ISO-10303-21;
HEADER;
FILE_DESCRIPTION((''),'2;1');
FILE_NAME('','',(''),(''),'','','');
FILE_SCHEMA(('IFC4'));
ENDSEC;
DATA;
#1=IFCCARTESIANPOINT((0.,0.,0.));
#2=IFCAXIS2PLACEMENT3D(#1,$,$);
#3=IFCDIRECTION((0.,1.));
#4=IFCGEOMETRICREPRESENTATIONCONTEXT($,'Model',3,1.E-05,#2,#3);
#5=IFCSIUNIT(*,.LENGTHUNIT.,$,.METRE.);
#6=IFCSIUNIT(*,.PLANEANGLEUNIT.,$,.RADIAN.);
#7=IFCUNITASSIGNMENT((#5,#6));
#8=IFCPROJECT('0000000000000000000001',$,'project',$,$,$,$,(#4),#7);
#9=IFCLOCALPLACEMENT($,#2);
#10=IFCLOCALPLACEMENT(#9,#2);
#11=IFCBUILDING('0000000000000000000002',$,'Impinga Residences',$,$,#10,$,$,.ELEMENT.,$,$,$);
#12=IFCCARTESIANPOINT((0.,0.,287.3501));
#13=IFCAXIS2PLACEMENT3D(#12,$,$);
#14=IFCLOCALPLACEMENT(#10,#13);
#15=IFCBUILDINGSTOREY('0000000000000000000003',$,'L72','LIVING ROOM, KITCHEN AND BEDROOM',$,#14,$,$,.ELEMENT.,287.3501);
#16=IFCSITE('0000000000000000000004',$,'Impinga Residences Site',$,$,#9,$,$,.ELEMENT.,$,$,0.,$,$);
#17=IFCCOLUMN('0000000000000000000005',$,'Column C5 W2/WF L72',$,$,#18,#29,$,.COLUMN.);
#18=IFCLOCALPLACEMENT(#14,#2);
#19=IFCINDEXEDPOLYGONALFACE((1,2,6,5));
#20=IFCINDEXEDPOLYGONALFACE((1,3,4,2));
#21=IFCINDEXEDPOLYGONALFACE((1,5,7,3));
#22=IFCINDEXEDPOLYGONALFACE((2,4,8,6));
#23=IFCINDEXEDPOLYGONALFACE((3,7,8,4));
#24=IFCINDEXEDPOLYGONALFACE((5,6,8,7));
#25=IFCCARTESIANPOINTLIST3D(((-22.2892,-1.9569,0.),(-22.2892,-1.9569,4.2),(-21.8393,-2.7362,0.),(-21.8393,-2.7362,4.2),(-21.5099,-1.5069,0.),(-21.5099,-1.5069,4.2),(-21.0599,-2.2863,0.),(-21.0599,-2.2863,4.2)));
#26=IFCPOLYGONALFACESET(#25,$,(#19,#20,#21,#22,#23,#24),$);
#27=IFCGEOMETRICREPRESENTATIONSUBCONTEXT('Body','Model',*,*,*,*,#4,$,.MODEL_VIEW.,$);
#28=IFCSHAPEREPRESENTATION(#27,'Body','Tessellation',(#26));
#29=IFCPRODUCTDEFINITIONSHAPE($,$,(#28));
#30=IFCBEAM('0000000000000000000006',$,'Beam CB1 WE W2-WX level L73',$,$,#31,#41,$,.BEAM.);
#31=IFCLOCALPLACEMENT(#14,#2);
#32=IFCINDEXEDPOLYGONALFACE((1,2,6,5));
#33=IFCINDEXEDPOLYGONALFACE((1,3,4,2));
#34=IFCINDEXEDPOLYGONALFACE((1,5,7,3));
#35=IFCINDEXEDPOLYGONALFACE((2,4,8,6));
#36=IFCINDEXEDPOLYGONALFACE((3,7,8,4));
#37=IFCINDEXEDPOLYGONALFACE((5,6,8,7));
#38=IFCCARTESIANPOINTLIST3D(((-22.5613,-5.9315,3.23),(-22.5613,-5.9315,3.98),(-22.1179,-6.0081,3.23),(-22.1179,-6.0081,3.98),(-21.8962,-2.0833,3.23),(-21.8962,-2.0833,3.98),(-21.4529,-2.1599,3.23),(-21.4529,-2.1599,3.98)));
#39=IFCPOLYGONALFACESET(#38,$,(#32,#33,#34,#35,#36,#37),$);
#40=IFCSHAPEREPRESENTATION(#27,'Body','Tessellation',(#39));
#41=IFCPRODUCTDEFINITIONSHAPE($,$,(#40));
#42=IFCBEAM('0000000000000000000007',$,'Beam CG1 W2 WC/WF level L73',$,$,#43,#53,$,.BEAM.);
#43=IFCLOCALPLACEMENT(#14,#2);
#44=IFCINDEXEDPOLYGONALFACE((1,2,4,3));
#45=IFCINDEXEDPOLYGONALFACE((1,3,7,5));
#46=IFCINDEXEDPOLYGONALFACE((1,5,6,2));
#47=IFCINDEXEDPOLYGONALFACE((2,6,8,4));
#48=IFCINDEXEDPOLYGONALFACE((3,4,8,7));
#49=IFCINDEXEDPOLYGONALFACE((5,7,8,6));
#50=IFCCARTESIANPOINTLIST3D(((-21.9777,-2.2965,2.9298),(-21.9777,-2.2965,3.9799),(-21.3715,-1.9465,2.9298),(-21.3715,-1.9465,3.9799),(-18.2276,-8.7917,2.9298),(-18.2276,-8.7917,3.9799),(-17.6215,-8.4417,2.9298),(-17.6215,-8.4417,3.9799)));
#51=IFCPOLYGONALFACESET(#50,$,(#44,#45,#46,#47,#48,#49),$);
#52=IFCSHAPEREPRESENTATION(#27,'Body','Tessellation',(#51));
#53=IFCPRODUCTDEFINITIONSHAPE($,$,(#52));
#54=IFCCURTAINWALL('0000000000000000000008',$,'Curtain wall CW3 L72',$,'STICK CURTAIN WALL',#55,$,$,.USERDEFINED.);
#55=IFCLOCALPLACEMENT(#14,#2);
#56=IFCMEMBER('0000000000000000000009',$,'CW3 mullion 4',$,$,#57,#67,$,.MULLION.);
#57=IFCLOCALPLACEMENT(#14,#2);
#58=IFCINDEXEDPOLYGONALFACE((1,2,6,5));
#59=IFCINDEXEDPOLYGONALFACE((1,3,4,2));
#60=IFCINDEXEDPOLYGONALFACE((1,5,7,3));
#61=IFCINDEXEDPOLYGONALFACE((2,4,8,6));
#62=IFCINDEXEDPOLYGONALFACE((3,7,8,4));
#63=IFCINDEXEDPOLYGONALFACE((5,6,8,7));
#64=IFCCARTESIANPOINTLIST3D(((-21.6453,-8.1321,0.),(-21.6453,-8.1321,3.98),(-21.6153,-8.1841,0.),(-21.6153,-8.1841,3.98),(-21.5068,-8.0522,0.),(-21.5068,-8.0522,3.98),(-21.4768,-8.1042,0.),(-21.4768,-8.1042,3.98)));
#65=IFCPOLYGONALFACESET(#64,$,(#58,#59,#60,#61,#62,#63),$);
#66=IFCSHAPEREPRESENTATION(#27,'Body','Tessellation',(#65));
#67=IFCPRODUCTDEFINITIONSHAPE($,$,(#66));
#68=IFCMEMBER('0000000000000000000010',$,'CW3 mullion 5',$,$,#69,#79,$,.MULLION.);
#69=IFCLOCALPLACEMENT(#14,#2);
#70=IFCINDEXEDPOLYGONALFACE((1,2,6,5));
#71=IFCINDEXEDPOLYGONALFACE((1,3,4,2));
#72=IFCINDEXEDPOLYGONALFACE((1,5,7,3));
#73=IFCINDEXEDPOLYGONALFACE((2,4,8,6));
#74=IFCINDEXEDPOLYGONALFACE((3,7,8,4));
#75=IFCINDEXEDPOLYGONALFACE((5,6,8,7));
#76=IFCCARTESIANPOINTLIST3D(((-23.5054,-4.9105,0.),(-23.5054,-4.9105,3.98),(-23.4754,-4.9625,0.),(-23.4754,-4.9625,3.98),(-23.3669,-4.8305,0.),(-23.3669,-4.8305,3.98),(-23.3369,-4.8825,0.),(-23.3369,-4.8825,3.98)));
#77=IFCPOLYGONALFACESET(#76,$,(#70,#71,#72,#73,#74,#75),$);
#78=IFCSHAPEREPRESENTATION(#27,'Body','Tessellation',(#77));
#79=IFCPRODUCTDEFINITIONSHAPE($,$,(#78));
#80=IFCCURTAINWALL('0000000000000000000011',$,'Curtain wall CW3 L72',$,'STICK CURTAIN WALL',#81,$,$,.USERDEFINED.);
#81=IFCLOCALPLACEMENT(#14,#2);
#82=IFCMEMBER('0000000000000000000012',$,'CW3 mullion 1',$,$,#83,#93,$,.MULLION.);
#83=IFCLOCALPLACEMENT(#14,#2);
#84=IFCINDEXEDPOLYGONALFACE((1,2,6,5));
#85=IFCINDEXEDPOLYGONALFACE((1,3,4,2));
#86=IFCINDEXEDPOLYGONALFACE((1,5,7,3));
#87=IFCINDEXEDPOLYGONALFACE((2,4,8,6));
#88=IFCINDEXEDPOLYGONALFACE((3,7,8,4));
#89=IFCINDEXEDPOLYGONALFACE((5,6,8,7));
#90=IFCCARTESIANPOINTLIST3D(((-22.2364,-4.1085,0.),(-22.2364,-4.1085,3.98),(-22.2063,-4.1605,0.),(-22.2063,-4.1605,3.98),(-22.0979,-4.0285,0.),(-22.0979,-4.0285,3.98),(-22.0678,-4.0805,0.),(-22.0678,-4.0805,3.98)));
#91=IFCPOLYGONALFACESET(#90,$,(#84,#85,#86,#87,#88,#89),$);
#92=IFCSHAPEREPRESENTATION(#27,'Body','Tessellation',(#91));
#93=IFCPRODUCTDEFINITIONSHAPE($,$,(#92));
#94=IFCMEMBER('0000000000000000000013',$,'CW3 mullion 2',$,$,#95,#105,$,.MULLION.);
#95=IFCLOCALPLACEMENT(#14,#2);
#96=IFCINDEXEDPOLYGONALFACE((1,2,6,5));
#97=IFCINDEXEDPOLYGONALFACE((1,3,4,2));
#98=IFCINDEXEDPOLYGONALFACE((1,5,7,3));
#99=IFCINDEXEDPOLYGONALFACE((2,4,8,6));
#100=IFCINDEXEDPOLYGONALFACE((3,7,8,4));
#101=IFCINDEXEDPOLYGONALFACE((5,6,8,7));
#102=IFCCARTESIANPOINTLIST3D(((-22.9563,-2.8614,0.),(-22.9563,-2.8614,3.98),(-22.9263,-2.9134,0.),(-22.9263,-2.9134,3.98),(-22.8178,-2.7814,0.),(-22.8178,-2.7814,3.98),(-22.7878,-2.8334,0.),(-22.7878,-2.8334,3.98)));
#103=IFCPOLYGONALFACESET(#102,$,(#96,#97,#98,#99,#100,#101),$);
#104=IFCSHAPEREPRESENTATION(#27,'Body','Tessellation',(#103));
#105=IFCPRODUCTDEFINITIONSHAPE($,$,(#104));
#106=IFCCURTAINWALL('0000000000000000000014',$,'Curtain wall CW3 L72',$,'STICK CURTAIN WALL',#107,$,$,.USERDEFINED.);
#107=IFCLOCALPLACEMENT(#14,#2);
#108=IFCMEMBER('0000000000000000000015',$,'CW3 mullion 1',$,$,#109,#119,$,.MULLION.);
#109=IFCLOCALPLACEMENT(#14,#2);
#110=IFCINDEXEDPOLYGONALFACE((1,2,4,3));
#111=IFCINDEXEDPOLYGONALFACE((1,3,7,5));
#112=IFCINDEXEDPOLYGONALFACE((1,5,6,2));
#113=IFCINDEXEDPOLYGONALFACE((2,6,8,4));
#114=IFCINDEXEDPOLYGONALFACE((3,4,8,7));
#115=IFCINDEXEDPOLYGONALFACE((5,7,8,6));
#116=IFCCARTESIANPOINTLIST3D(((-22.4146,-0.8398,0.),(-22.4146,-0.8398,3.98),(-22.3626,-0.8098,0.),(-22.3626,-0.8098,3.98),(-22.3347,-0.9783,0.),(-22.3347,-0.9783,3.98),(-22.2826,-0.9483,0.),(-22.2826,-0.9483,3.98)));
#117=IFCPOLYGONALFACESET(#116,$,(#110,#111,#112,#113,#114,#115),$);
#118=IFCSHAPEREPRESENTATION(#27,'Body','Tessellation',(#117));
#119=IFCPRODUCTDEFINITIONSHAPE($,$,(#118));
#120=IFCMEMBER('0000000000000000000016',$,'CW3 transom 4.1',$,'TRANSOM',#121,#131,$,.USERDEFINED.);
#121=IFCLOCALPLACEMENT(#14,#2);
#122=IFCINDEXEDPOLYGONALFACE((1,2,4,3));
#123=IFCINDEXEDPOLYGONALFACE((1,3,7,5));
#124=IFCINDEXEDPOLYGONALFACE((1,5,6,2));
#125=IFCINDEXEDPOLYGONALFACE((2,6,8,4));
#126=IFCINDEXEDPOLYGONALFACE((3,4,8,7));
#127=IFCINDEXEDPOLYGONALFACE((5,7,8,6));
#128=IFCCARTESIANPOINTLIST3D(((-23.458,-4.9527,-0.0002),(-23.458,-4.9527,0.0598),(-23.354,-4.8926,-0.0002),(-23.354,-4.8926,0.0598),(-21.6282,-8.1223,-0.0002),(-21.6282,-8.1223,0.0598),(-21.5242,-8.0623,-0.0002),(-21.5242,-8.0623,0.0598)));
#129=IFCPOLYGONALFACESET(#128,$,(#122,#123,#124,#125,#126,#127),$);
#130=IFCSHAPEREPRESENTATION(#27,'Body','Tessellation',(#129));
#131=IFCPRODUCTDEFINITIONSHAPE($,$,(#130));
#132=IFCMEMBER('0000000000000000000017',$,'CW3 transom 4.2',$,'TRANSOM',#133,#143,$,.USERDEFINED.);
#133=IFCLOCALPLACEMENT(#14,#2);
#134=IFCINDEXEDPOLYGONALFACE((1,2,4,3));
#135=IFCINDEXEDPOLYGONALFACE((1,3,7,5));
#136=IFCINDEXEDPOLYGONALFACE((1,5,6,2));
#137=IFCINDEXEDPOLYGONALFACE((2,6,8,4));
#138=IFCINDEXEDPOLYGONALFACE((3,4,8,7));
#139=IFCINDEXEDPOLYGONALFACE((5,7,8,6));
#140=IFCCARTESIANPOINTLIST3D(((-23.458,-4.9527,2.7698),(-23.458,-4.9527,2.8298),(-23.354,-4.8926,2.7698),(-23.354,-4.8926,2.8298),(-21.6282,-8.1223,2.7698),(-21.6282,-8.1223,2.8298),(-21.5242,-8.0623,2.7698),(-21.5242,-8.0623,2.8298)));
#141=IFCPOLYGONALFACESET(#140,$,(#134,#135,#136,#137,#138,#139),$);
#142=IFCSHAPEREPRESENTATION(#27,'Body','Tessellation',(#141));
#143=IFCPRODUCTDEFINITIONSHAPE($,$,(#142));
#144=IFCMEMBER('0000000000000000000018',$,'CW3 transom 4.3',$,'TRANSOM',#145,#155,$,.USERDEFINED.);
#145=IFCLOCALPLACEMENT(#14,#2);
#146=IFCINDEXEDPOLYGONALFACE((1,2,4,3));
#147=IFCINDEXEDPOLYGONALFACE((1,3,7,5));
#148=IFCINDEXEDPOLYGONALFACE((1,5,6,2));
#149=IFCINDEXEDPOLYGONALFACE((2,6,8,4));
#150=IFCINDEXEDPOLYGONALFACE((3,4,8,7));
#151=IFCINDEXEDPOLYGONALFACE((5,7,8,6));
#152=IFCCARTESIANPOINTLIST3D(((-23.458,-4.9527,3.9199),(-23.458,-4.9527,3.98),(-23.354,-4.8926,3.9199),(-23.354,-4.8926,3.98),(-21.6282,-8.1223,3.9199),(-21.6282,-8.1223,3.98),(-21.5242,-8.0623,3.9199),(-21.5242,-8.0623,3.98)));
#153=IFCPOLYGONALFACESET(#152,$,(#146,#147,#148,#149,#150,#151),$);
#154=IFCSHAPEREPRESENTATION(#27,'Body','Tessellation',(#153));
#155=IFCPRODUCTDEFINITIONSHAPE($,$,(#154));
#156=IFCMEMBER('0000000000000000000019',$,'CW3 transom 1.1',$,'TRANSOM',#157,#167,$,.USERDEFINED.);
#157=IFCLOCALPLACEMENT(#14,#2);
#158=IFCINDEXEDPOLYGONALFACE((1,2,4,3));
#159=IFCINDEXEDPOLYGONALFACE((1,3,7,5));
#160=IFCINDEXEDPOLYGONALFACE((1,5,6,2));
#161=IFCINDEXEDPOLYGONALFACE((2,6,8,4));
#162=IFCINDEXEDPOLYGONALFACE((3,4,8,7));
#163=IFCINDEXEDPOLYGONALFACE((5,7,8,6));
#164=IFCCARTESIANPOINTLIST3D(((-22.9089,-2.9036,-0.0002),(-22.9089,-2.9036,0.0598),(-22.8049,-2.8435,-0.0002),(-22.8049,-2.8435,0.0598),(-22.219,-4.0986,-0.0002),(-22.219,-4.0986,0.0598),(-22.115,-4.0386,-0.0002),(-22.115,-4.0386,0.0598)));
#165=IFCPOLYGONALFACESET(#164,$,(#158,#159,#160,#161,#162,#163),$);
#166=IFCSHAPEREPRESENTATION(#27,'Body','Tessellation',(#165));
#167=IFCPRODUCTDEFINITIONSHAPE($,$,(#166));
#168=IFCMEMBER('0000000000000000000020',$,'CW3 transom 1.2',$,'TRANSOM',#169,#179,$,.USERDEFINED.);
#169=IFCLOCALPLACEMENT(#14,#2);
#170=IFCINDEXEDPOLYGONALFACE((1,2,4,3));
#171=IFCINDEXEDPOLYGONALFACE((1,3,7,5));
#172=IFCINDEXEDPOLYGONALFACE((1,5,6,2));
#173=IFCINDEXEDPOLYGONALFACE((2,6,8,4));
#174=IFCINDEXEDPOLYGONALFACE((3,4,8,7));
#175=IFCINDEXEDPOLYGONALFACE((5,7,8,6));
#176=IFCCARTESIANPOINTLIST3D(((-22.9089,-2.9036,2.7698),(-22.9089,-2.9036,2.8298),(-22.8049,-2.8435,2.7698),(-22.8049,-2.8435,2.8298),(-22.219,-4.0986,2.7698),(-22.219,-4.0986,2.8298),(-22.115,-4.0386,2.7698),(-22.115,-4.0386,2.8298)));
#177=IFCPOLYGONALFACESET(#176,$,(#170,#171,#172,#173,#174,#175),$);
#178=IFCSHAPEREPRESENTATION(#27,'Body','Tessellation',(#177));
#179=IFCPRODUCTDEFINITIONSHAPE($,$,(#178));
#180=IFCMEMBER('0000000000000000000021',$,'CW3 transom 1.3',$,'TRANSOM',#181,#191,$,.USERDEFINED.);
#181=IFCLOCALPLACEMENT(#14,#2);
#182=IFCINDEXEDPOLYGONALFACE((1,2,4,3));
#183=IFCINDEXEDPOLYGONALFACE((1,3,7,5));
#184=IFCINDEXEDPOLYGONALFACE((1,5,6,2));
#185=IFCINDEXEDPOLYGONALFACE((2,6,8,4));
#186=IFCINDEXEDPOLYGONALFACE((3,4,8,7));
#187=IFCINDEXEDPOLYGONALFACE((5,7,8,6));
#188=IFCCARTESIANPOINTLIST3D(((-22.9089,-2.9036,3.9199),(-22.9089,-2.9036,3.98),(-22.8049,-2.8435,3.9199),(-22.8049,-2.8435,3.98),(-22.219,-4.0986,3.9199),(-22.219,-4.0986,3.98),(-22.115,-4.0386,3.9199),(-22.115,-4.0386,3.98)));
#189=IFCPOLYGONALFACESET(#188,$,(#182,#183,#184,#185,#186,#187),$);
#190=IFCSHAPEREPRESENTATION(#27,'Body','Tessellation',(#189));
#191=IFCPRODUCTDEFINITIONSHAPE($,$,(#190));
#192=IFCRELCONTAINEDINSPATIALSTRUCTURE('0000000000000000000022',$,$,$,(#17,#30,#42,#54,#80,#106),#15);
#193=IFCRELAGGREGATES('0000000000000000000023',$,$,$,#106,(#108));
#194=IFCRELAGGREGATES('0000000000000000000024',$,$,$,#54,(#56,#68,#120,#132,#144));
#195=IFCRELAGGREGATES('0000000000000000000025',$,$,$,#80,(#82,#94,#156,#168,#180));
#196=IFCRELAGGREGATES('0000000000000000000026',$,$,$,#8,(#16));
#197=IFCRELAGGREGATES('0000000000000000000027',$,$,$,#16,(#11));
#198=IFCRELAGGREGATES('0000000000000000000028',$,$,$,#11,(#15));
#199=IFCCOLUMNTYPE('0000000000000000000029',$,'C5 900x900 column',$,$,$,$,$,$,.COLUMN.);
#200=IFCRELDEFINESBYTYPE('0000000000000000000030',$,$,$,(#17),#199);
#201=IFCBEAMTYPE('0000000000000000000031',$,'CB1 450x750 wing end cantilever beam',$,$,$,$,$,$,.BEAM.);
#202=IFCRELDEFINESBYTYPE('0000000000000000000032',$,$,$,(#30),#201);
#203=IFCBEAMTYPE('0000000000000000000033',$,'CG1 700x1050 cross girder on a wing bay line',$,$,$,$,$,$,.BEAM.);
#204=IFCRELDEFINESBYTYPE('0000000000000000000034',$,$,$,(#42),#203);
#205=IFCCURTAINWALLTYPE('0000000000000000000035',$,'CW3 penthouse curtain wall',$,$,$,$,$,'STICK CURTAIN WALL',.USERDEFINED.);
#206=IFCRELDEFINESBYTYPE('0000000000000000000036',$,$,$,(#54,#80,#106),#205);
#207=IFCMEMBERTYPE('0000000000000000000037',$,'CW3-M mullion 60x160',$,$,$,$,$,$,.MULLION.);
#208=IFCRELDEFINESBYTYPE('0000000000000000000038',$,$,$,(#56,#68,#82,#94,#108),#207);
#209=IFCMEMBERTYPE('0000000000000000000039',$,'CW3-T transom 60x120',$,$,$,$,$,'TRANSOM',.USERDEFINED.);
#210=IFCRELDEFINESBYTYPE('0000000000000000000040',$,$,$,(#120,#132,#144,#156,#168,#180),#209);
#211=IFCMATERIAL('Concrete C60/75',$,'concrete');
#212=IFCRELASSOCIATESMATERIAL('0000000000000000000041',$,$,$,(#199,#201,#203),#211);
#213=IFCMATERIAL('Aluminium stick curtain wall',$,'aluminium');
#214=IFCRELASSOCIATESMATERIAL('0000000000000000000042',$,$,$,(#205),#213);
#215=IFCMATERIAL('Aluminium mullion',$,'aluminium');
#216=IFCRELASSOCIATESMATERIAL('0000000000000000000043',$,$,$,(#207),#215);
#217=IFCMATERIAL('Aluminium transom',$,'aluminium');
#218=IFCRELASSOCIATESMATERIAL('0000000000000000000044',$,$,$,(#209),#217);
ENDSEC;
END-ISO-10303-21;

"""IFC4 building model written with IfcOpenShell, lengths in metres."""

from ifc_helpers import new_model, si_unit, direction, frame, origin, origin_2d, place, context, subcontext, project, spatial, rectangle, extrude, material, material_profile, profile_set, type_object, element, aggregate, save


model = new_model("IFC4")

# Units and contexts
model_context = context("Model", 3, precision=1e-05, world=origin(), true_north=direction((0.0, 1.0)))
body_context = subcontext(model_context, "Body", "Model", "MODEL_VIEW")
ifc_project = project(units=[si_unit("LENGTHUNIT", "METRE"), si_unit("PLANEANGLEUNIT", "RADIAN")], contexts=[model_context])

# Site, building, storey
site_placement = place(None, origin())
site = spatial("IfcSite", under=ifc_project, at=site_placement, Name="Impinga Residences Site", CompositionType="ELEMENT", RefElevation=0.0)
building_placement = place(site_placement, origin())
building = spatial("IfcBuilding", under=site, at=building_placement, Name="Impinga Residences", CompositionType="ELEMENT")
storey_placement = place(building_placement, frame((0.0, 0.0, 287.3501)))
storey = spatial("IfcBuildingStorey", under=building, at=storey_placement, Name="L72", Description="LIVING ROOM, KITCHEN AND BEDROOM", CompositionType="ELEMENT", Elevation=287.3501)

# Column
ifc_material_1 = material(Name="Concrete C60/75", Category="concrete")
ifc_material_profile_1 = material_profile(ifc_material_1, rectangle(XDim=0.8999, YDim=0.8999, at=origin_2d()), Name="RC 900x900")
ifc_profile_set_1 = profile_set([ifc_material_profile_1], Name="Concrete C60/75")
column_type = type_object("IfcColumnType", Name="C5 900x900 column", PredefinedType="COLUMN", material=ifc_profile_set_1)
column_placement = place(storey_placement, frame((-21.6746, -2.1216, 0.0), z_axis=(0.0, 0.0, 1.0), x_axis=(-0.5, 0.866025, 0.0)))
element("IfcColumn", 1, at=column_placement, inside=storey, type_object=column_type, Name="Column C5 W2/WF L72", PredefinedType="COLUMN", context=body_context, shape_type="SweptSolid", body=[
    extrude(rectangle(XDim=0.8999, YDim=0.8999, at=origin_2d()), origin(), (0.0, 0.0, 1.0), 4.2),
])

# Beams
ifc_material_profile_2 = material_profile(ifc_material_1, rectangle(XDim=0.45, YDim=0.75, at=origin_2d()), Name="RC 450x750")
ifc_profile_set_2 = profile_set([ifc_material_profile_2], Name="Concrete C60/75")
beam_type_1 = type_object("IfcBeamType", Name="CB1 450x750 wing end cantilever beam", PredefinedType="BEAM", material=ifc_profile_set_2)
beam_1_placement = place(storey_placement, frame((-21.6746, -2.1216, 3.605), z_axis=(-0.170296, -0.985393, 0.0), x_axis=(0.985393, -0.170296, 0.0)))
element("IfcBeam", 2, at=beam_1_placement, inside=storey, type_object=beam_type_1, Name="Beam CB1 WE W2-WX level L73", PredefinedType="BEAM", context=body_context, shape_type="SweptSolid", body=[
    extrude(rectangle(XDim=0.45, YDim=0.75, at=origin_2d()), origin(), (0.0, 0.0, 1.0), 3.9053),
])
ifc_material_profile_3 = material_profile(ifc_material_1, rectangle(XDim=0.7, YDim=1.05, at=origin_2d()), Name="RC 700x1050")
ifc_profile_set_3 = profile_set([ifc_material_profile_3], Name="Concrete C60/75")
beam_type_2 = type_object("IfcBeamType", Name="CG1 700x1050 cross girder on a wing bay line", PredefinedType="BEAM", material=ifc_profile_set_3)
beam_2_placement = place(storey_placement, frame((-17.9246, -8.6167, 3.4548), z_axis=(-0.500004, 0.866023, 0.0), x_axis=(-0.866023, -0.500004, 0.0)))
element("IfcBeam", 3, at=beam_2_placement, inside=storey, type_object=beam_type_2, Name="Beam CG1 W2 WC/WF level L73", PredefinedType="BEAM", context=body_context, shape_type="SweptSolid", body=[
    extrude(rectangle(XDim=0.7, YDim=1.05, at=origin_2d()), origin(), (0.0, 0.0, 1.0), 7.5),
])

# Curtain walls, members
ifc_material_2 = material(Name="Aluminium stick curtain wall", Category="aluminium")
curtain_wall_type = type_object("IfcCurtainWallType", Name="CW3 penthouse curtain wall", ElementType="STICK CURTAIN WALL", PredefinedType="USERDEFINED", material=ifc_material_2)
curtain_wall_1_placement = place(storey_placement, origin())
curtain_wall_1 = element("IfcCurtainWall", 4, at=curtain_wall_1_placement, inside=storey, type_object=curtain_wall_type, Name="Curtain wall CW3 L72", ObjectType="STICK CURTAIN WALL", PredefinedType="USERDEFINED")
ifc_material_3 = material(Name="Aluminium mullion", Category="aluminium")
ifc_material_profile_4 = material_profile(ifc_material_3, rectangle(XDim=0.0601, YDim=0.1599, at=origin_2d()), Name="60x160 mullion")
ifc_profile_set_4 = profile_set([ifc_material_profile_4], Name="Aluminium mullion")
member_type_1 = type_object("IfcMemberType", Name="CW3-M mullion 60x160", PredefinedType="MULLION", material=ifc_profile_set_4)
member_1_placement = place(storey_placement, frame((-21.561, -8.1182, 0.0), z_axis=(0.0, 0.0, 1.0), x_axis=(-0.5, 0.866025, 0.0)))
member_1 = element("IfcMember", 5, at=member_1_placement, type_object=member_type_1, Name="CW3 mullion 4", PredefinedType="MULLION", context=body_context, shape_type="SweptSolid", body=[
    extrude(rectangle(XDim=0.0601, YDim=0.1599, at=origin_2d()), origin(), (0.0, 0.0, 1.0), 3.98),
])
member_2_placement = place(storey_placement, frame((-23.4211, -4.8965, 0.0), z_axis=(0.0, 0.0, 1.0), x_axis=(-0.5, 0.866025, 0.0)))
member_2 = element("IfcMember", 6, at=member_2_placement, type_object=member_type_1, Name="CW3 mullion 5", PredefinedType="MULLION", context=body_context, shape_type="SweptSolid", body=[
    extrude(rectangle(XDim=0.0601, YDim=0.1599, at=origin_2d()), origin(), (0.0, 0.0, 1.0), 3.98),
])
curtain_wall_2_placement = place(storey_placement, origin())
curtain_wall_2 = element("IfcCurtainWall", 7, at=curtain_wall_2_placement, inside=storey, type_object=curtain_wall_type, Name="Curtain wall CW3 L72", ObjectType="STICK CURTAIN WALL", PredefinedType="USERDEFINED")
member_3_placement = place(storey_placement, frame((-22.1521, -4.0945, 0.0), z_axis=(0.0, 0.0, 1.0), x_axis=(-0.5, 0.866025, 0.0)))
member_3 = element("IfcMember", 8, at=member_3_placement, type_object=member_type_1, Name="CW3 mullion 1", PredefinedType="MULLION", context=body_context, shape_type="SweptSolid", body=[
    extrude(rectangle(XDim=0.0601, YDim=0.1599, at=origin_2d()), origin(), (0.0, 0.0, 1.0), 3.98),
])
member_4_placement = place(storey_placement, frame((-22.8721, -2.8474, 0.0), z_axis=(0.0, 0.0, 1.0), x_axis=(-0.5, 0.866025, 0.0)))
member_4 = element("IfcMember", 9, at=member_4_placement, type_object=member_type_1, Name="CW3 mullion 2", PredefinedType="MULLION", context=body_context, shape_type="SweptSolid", body=[
    extrude(rectangle(XDim=0.0601, YDim=0.1599, at=origin_2d()), origin(), (0.0, 0.0, 1.0), 3.98),
])

# Curtain wall, member
curtain_wall_3_placement = place(storey_placement, origin())
curtain_wall_3 = element("IfcCurtainWall", 10, at=curtain_wall_3_placement, inside=storey, type_object=curtain_wall_type, Name="Curtain wall CW3 L72", ObjectType="STICK CURTAIN WALL", PredefinedType="USERDEFINED")
member_5_placement = place(storey_placement, frame((-22.3486, -0.894, 0.0), z_axis=(0.0, 0.0, 1.0), x_axis=(0.866025, 0.5, 0.0)))
member_5 = element("IfcMember", 11, at=member_5_placement, type_object=member_type_1, Name="CW3 mullion 1", PredefinedType="MULLION", context=body_context, shape_type="SweptSolid", body=[
    extrude(rectangle(XDim=0.0601, YDim=0.1599, at=origin_2d()), origin(), (0.0, 0.0, 1.0), 3.98),
])

# Members
ifc_material_4 = material(Name="Aluminium transom", Category="aluminium")
ifc_material_profile_5 = material_profile(ifc_material_4, rectangle(XDim=0.0601, YDim=0.1201, at=origin_2d()), Name="60x120 transom")
ifc_profile_set_5 = profile_set([ifc_material_profile_5], Name="Aluminium transom")
member_type_2 = type_object("IfcMemberType", Name="CW3-T transom 60x120", ElementType="TRANSOM", PredefinedType="USERDEFINED", material=ifc_profile_set_5)
member_6_placement = place(storey_placement, frame((-21.5762, -8.0923, 0.0298), z_axis=(-0.499963, 0.866047, 0.0), x_axis=(0.0, 0.0, 1.0)))
member_6 = element("IfcMember", 12, at=member_6_placement, type_object=member_type_2, Name="CW3 transom 4.1", ObjectType="TRANSOM", PredefinedType="USERDEFINED", context=body_context, shape_type="SweptSolid", body=[
    extrude(rectangle(XDim=0.0601, YDim=0.1201, at=origin_2d()), origin(), (0.0, 0.0, 1.0), 3.6599),
])
member_7_placement = place(storey_placement, frame((-21.5762, -8.0923, 2.7998), z_axis=(-0.499963, 0.866047, 0.0), x_axis=(0.0, 0.0, 1.0)))
member_7 = element("IfcMember", 13, at=member_7_placement, type_object=member_type_2, Name="CW3 transom 4.2", ObjectType="TRANSOM", PredefinedType="USERDEFINED", context=body_context, shape_type="SweptSolid", body=[
    extrude(rectangle(XDim=0.0601, YDim=0.1201, at=origin_2d()), origin(), (0.0, 0.0, 1.0), 3.6599),
])
member_8_placement = place(storey_placement, frame((-21.5762, -8.0923, 3.95), z_axis=(-0.499963, 0.866047, 0.0), x_axis=(0.0, 0.0, 1.0)))
member_8 = element("IfcMember", 14, at=member_8_placement, type_object=member_type_2, Name="CW3 transom 4.3", ObjectType="TRANSOM", PredefinedType="USERDEFINED", context=body_context, shape_type="SweptSolid", body=[
    extrude(rectangle(XDim=0.0601, YDim=0.1201, at=origin_2d()), origin(), (0.0, 0.0, 1.0), 3.6599),
])
member_9_placement = place(storey_placement, frame((-22.167, -4.0686, 0.0298), z_axis=(-0.499983, 0.866035, 0.0), x_axis=(0.0, 0.0, 1.0)))
member_9 = element("IfcMember", 15, at=member_9_placement, type_object=member_type_2, Name="CW3 transom 1.1", ObjectType="TRANSOM", PredefinedType="USERDEFINED", context=body_context, shape_type="SweptSolid", body=[
    extrude(rectangle(XDim=0.0601, YDim=0.1201, at=origin_2d()), origin(), (0.0, 0.0, 1.0), 1.3799),
])
member_10_placement = place(storey_placement, frame((-22.167, -4.0686, 2.7998), z_axis=(-0.499983, 0.866035, 0.0), x_axis=(0.0, 0.0, 1.0)))
member_10 = element("IfcMember", 16, at=member_10_placement, type_object=member_type_2, Name="CW3 transom 1.2", ObjectType="TRANSOM", PredefinedType="USERDEFINED", context=body_context, shape_type="SweptSolid", body=[
    extrude(rectangle(XDim=0.0601, YDim=0.1201, at=origin_2d()), origin(), (0.0, 0.0, 1.0), 1.3799),
])
member_11_placement = place(storey_placement, frame((-22.167, -4.0686, 3.95), z_axis=(-0.499983, 0.866035, 0.0), x_axis=(0.0, 0.0, 1.0)))
member_11 = element("IfcMember", 17, at=member_11_placement, type_object=member_type_2, Name="CW3 transom 1.3", ObjectType="TRANSOM", PredefinedType="USERDEFINED", context=body_context, shape_type="SweptSolid", body=[
    extrude(rectangle(XDim=0.0601, YDim=0.1201, at=origin_2d()), origin(), (0.0, 0.0, 1.0), 1.3799),
])
aggregate(curtain_wall_3, [member_5])

aggregate(curtain_wall_1, [member_1, member_2, member_6, member_7, member_8])
aggregate(curtain_wall_2, [member_3, member_4, member_9, member_10, member_11])

save(model, "model.ifc")
